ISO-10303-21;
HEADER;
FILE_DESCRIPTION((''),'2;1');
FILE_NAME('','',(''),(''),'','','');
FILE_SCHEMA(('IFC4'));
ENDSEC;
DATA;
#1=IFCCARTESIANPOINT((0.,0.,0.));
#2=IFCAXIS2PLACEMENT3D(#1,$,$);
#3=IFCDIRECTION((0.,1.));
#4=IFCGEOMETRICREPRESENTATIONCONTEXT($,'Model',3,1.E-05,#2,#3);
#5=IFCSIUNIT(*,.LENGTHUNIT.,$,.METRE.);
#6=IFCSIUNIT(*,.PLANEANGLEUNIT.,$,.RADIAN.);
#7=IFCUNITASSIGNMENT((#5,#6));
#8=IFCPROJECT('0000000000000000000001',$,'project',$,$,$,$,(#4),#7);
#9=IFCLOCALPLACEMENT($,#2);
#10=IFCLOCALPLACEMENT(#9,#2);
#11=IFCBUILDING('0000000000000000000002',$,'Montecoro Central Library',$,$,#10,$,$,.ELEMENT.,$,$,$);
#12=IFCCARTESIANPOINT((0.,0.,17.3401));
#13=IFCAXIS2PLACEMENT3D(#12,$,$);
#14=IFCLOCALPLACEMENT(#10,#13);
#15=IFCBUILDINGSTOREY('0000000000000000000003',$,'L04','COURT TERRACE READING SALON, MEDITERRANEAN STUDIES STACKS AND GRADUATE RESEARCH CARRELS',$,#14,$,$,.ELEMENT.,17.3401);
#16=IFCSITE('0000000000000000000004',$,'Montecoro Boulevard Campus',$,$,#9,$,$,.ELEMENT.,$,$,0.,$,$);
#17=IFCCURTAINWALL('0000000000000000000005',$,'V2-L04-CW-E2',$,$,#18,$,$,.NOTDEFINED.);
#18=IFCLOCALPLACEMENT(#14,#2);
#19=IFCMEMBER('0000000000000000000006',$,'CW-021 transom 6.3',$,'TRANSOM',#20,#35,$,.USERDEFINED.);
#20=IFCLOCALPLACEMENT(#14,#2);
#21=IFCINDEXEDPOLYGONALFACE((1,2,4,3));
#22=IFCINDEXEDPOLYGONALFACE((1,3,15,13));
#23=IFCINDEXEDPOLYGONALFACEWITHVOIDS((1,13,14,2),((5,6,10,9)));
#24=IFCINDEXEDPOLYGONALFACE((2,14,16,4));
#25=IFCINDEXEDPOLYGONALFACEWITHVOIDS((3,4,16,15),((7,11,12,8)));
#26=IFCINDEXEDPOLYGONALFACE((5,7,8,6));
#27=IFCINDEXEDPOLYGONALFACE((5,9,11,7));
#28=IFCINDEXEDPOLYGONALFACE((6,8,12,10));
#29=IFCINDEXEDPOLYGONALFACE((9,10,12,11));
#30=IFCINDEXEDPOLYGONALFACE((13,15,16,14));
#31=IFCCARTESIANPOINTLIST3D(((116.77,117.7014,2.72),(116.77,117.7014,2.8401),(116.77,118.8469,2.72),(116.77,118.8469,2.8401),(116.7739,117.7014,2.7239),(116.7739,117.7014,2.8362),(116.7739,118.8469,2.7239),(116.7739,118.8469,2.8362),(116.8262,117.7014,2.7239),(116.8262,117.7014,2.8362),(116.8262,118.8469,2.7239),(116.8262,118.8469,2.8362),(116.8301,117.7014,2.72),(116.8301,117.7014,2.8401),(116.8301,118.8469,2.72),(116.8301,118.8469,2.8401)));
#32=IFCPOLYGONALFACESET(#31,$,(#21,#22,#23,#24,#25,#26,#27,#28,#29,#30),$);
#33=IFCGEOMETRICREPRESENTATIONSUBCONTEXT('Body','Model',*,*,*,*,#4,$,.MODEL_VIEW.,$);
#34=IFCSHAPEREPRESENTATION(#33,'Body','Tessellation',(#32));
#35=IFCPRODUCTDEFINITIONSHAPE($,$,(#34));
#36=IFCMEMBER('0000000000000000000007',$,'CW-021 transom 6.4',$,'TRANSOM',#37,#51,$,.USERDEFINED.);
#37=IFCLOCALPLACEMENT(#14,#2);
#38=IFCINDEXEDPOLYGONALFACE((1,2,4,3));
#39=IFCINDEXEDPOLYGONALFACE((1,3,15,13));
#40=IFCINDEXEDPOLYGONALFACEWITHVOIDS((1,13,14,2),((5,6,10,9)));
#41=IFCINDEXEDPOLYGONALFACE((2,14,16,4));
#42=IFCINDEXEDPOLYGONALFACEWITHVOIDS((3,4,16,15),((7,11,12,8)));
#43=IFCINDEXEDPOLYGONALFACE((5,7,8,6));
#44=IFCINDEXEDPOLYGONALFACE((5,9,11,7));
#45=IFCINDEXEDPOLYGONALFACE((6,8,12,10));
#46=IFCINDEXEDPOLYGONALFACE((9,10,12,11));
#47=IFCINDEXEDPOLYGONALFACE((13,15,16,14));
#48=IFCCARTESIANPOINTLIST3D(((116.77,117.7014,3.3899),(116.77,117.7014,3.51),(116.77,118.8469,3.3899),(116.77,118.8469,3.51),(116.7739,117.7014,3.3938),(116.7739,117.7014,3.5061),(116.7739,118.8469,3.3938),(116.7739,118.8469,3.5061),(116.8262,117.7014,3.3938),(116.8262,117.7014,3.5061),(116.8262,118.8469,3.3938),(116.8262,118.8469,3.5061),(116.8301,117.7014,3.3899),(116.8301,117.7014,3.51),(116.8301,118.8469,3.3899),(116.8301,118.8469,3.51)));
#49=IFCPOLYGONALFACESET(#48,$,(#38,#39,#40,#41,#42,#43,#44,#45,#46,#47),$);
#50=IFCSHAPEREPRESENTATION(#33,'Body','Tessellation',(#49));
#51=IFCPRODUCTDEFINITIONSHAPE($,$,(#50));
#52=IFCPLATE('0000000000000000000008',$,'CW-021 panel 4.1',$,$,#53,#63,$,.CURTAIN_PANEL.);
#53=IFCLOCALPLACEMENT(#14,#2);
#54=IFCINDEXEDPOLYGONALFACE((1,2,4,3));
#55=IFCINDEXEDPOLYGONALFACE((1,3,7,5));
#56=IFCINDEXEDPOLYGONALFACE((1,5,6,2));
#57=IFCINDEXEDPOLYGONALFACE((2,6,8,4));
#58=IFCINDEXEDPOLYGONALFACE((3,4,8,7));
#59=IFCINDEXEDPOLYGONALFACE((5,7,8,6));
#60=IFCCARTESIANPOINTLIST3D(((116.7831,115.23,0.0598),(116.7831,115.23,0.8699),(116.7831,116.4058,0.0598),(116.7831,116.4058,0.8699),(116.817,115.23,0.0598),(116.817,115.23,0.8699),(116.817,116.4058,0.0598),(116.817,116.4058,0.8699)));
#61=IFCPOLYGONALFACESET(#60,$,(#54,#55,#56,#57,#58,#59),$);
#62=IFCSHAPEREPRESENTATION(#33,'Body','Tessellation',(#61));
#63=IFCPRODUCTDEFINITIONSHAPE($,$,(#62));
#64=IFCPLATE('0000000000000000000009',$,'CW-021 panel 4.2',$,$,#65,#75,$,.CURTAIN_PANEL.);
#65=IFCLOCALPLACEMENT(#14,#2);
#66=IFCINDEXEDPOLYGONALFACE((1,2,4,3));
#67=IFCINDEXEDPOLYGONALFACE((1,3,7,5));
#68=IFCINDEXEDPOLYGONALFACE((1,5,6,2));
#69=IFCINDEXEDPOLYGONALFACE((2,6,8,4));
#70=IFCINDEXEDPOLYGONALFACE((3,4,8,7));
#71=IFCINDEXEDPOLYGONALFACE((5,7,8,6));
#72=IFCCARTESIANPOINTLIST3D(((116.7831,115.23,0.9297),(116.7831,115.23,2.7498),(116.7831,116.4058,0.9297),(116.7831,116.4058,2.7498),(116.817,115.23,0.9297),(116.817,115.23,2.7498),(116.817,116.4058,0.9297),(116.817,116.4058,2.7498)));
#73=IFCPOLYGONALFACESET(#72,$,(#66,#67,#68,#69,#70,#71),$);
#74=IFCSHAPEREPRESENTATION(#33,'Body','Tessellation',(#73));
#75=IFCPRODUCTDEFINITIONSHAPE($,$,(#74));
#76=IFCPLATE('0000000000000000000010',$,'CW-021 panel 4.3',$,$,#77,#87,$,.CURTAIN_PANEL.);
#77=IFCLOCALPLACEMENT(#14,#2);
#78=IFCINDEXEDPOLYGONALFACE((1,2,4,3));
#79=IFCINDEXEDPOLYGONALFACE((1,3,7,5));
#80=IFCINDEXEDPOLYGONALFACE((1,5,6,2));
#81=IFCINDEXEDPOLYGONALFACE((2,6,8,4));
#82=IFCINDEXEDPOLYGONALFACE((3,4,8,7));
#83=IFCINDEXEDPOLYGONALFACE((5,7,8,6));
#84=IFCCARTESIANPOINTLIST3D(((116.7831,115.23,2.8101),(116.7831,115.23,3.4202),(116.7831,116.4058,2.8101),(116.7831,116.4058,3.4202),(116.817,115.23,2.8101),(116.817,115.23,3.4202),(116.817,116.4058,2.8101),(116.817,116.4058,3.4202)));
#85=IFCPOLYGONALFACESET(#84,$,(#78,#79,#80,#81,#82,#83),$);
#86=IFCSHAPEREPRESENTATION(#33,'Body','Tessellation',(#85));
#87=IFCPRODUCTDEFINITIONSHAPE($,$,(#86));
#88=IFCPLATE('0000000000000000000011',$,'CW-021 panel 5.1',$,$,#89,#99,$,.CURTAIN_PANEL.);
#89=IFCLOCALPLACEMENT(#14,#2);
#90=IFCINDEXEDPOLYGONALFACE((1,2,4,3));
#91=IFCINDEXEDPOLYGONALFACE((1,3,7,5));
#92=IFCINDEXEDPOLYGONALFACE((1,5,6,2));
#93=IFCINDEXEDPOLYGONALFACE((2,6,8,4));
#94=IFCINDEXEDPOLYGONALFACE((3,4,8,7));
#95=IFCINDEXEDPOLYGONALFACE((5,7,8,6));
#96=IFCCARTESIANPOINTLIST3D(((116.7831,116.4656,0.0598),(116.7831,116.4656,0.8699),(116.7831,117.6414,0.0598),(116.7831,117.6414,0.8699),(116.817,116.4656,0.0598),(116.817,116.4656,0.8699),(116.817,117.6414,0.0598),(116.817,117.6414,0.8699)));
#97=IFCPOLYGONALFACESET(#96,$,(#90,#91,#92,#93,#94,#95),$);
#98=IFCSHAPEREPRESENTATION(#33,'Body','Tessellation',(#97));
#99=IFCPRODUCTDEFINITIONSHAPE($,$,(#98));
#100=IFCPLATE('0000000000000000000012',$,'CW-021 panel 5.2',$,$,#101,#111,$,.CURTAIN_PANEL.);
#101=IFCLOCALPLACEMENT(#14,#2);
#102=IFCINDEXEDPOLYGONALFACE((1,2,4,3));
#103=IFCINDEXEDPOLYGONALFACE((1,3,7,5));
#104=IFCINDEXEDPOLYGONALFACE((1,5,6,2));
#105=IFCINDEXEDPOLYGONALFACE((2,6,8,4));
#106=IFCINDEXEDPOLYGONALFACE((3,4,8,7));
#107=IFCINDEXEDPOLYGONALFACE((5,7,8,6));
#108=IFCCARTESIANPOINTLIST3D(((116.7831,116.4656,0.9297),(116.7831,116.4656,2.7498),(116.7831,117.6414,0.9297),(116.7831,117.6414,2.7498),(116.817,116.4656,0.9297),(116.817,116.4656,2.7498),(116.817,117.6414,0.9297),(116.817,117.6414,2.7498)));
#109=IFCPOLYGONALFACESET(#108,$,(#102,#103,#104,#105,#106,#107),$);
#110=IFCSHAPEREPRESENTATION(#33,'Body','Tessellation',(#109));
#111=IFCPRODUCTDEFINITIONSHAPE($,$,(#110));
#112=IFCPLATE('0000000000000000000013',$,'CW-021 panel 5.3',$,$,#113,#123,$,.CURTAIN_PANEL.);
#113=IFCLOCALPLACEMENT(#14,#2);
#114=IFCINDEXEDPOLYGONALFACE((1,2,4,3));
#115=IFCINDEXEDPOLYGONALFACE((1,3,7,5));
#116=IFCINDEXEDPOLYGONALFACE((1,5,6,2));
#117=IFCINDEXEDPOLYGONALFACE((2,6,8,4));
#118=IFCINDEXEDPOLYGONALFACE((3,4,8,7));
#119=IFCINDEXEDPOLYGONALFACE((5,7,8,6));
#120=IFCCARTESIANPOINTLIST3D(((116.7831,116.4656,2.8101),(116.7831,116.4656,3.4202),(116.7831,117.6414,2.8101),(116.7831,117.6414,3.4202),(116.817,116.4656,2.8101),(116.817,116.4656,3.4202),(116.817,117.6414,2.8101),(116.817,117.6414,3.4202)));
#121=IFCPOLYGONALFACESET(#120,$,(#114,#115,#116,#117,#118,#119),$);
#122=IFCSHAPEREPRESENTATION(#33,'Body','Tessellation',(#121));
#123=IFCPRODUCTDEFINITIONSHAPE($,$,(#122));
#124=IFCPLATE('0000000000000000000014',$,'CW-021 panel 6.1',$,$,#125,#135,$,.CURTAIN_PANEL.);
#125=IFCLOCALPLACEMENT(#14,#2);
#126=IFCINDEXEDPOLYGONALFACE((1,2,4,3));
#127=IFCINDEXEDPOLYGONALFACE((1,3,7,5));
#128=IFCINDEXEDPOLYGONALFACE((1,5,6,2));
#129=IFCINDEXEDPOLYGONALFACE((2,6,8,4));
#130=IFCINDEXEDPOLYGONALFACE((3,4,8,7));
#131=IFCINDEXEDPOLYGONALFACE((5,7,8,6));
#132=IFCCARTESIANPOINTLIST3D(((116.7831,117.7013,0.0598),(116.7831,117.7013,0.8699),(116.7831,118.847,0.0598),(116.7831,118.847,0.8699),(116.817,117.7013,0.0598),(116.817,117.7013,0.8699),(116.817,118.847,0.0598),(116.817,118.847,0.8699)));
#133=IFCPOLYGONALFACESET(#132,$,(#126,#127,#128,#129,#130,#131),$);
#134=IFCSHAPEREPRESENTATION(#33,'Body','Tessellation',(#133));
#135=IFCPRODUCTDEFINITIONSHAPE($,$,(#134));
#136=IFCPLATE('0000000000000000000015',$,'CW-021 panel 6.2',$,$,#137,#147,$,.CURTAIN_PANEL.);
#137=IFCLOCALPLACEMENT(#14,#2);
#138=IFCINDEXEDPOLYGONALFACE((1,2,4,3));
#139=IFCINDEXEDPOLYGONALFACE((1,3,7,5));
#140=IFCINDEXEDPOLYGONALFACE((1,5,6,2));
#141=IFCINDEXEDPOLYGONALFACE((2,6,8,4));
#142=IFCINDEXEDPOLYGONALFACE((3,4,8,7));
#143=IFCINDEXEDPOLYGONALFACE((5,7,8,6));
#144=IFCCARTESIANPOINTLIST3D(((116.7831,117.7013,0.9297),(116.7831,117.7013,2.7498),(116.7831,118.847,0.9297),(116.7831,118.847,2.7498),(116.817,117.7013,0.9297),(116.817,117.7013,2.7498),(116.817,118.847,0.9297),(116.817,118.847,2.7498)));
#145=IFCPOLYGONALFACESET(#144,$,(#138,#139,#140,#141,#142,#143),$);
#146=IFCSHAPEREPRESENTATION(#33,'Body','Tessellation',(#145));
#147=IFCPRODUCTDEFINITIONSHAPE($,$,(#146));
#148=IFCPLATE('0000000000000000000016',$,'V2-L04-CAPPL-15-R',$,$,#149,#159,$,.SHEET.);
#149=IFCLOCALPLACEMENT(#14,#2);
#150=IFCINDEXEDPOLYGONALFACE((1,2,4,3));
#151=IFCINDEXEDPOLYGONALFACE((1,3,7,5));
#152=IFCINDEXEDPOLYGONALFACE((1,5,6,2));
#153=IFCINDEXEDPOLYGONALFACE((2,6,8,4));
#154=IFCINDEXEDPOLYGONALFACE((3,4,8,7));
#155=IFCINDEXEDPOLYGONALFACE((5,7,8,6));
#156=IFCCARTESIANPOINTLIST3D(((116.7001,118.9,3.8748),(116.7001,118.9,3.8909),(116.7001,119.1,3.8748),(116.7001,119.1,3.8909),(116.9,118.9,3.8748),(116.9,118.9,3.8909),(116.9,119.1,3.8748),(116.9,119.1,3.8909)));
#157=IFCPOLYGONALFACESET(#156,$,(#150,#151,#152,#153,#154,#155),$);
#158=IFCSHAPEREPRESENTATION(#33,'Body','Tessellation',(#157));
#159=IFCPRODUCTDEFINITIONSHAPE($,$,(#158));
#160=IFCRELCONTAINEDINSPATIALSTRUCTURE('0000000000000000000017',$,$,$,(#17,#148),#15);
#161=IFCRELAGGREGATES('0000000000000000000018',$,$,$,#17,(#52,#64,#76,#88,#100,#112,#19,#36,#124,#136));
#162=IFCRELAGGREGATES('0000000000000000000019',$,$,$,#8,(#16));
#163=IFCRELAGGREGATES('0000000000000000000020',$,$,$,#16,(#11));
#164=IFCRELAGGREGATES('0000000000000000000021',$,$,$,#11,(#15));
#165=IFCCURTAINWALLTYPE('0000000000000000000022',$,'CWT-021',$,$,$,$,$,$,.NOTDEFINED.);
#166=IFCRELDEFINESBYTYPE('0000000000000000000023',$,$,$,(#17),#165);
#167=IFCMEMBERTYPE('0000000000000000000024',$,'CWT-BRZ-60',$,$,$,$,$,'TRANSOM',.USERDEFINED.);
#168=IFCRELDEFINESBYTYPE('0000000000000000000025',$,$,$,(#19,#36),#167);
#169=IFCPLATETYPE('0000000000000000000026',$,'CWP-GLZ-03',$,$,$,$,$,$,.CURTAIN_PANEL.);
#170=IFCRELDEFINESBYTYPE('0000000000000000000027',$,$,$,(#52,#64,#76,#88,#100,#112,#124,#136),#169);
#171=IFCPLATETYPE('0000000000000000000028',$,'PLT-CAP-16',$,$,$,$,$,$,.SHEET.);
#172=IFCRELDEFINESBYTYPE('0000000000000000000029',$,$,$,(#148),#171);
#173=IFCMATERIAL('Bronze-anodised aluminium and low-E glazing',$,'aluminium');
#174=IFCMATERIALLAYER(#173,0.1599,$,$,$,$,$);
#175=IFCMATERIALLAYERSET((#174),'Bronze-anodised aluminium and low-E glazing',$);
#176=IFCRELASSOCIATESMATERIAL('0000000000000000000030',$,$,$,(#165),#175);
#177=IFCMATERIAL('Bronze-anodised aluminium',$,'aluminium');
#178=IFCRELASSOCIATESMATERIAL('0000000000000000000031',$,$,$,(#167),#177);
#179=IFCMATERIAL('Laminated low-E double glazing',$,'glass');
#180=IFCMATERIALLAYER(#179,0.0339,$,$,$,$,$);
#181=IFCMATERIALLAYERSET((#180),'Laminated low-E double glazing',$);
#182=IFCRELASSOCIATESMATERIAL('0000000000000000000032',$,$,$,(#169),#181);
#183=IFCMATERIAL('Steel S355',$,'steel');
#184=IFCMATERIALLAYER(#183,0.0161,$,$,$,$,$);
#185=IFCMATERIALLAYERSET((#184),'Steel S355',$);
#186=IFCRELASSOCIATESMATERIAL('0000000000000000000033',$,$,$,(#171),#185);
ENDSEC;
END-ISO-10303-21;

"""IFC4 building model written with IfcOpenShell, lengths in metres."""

from ifc_helpers import new_model, si_unit, direction, frame, origin, origin_2d, place, context, subcontext, project, spatial, rectangle, hollow_rectangle, extrude, material, layer, layer_set, material_profile, profile_set, type_object, element, aggregate, save


model = new_model("IFC4")

# Units and contexts
model_context = context("Model", 3, precision=1e-05, world=origin(), true_north=direction((0.0, 1.0)))
body_context = subcontext(model_context, "Body", "Model", "MODEL_VIEW")
ifc_project = project(units=[si_unit("LENGTHUNIT", "METRE"), si_unit("PLANEANGLEUNIT", "RADIAN")], contexts=[model_context])

# Site, building, storey
site_placement = place(None, origin())
site = spatial("IfcSite", under=ifc_project, at=site_placement, Name="Montecoro Boulevard Campus", CompositionType="ELEMENT", RefElevation=0.0)
building_placement = place(site_placement, origin())
building = spatial("IfcBuilding", under=site, at=building_placement, Name="Montecoro Central Library", CompositionType="ELEMENT")
storey_placement = place(building_placement, frame((0.0, 0.0, 17.3401)))
storey = spatial("IfcBuildingStorey", under=building, at=storey_placement, Name="L04", Description="COURT TERRACE READING SALON, MEDITERRANEAN STUDIES STACKS AND GRADUATE RESEARCH CARRELS", CompositionType="ELEMENT", Elevation=17.3401)

# Shared definitions
ifc_material_1 = material(Name="Steel S355", Category="steel")

# Curtain wall, members, plates
ifc_material_2 = material(Name="Bronze-anodised aluminium and low-E glazing", Category="aluminium")
ifc_layer_1 = layer(ifc_material_2, 0.1599)
ifc_layer_set_1 = layer_set([ifc_layer_1], Name="Bronze-anodised aluminium and low-E glazing")
curtain_wall_type = type_object("IfcCurtainWallType", Name="CWT-021", PredefinedType="NOTDEFINED", material=ifc_layer_set_1)
curtain_wall_placement = place(storey_placement, origin())
curtain_wall = element("IfcCurtainWall", 1, at=curtain_wall_placement, inside=storey, type_object=curtain_wall_type, Name="V2-L04-CW-E2", PredefinedType="NOTDEFINED")
ifc_material_3 = material(Name="Bronze-anodised aluminium", Category="aluminium")
ifc_material_profile_1 = material_profile(ifc_material_3, hollow_rectangle(XDim=0.0601, YDim=0.1201, WallThickness=0.0039, at=origin_2d()), Name="CWT 120x60x4.0")
ifc_profile_set_1 = profile_set([ifc_material_profile_1], Name="Bronze-anodised aluminium")
member_type_1 = type_object("IfcMemberType", Name="CWT-BRZ-60", ElementType="TRANSOM", PredefinedType="USERDEFINED", material=ifc_profile_set_1)
member_1_placement = place(storey_placement, frame((116.8, 117.7014, 2.78), z_axis=(0.0, 1.0, 0.0), x_axis=(-1.0, 0.0, 0.0)))
member_1 = element("IfcMember", 2, at=member_1_placement, type_object=member_type_1, Name="CW-021 transom 6.3", ObjectType="TRANSOM", PredefinedType="USERDEFINED", context=body_context, shape_type="SweptSolid", body=[
    extrude(hollow_rectangle(XDim=0.0601, YDim=0.1201, WallThickness=0.0039, at=origin_2d()), origin(), (0.0, 0.0, 1.0), 1.1455),
])
member_2_placement = place(storey_placement, frame((116.8, 117.7014, 3.45), z_axis=(0.0, 1.0, 0.0), x_axis=(-1.0, 0.0, 0.0)))
member_2 = element("IfcMember", 3, at=member_2_placement, type_object=member_type_1, Name="CW-021 transom 6.4", ObjectType="TRANSOM", PredefinedType="USERDEFINED", context=body_context, shape_type="SweptSolid", body=[
    extrude(hollow_rectangle(XDim=0.0601, YDim=0.1201, WallThickness=0.0039, at=origin_2d()), origin(), (0.0, 0.0, 1.0), 1.1455),
])
ifc_material_4 = material(Name="Laminated low-E double glazing", Category="glass")
ifc_layer_2 = layer(ifc_material_4, 0.0339)
ifc_layer_set_2 = layer_set([ifc_layer_2], Name="Laminated low-E double glazing")
plate_type_1 = type_object("IfcPlateType", Name="CWP-GLZ-03", PredefinedType="CURTAIN_PANEL", material=ifc_layer_set_2)
plate_1_placement = place(storey_placement, frame((116.8, 115.8179, 0.0598), z_axis=(0.0, 0.0, 1.0), x_axis=(0.0, 1.0, 0.0)))
plate_1 = element("IfcPlate", 4, at=plate_1_placement, type_object=plate_type_1, Name="CW-021 panel 4.1", PredefinedType="CURTAIN_PANEL", context=body_context, shape_type="SweptSolid", body=[
    extrude(rectangle(XDim=1.1758, YDim=0.0339, at=origin_2d()), origin(), (0.0, 0.0, 1.0), 0.8101),
])
plate_2_placement = place(storey_placement, frame((116.8, 115.8179, 0.9297), z_axis=(0.0, 0.0, 1.0), x_axis=(0.0, 1.0, 0.0)))
plate_2 = element("IfcPlate", 5, at=plate_2_placement, type_object=plate_type_1, Name="CW-021 panel 4.2", PredefinedType="CURTAIN_PANEL", context=body_context, shape_type="SweptSolid", body=[
    extrude(rectangle(XDim=1.1758, YDim=0.0339, at=origin_2d()), origin(), (0.0, 0.0, 1.0), 1.8201),
])
plate_3_placement = place(storey_placement, frame((116.8, 115.8179, 2.8101), z_axis=(0.0, 0.0, 1.0), x_axis=(0.0, 1.0, 0.0)))
plate_3 = element("IfcPlate", 6, at=plate_3_placement, type_object=plate_type_1, Name="CW-021 panel 4.3", PredefinedType="CURTAIN_PANEL", context=body_context, shape_type="SweptSolid", body=[
    extrude(rectangle(XDim=1.1758, YDim=0.0339, at=origin_2d()), origin(), (0.0, 0.0, 1.0), 0.6101),
])
plate_4_placement = place(storey_placement, frame((116.8, 117.0535, 0.0598), z_axis=(0.0, 0.0, 1.0), x_axis=(0.0, 1.0, 0.0)))
plate_4 = element("IfcPlate", 7, at=plate_4_placement, type_object=plate_type_1, Name="CW-021 panel 5.1", PredefinedType="CURTAIN_PANEL", context=body_context, shape_type="SweptSolid", body=[
    extrude(rectangle(XDim=1.1758, YDim=0.0339, at=origin_2d()), origin(), (0.0, 0.0, 1.0), 0.8101),
])
plate_5_placement = place(storey_placement, frame((116.8, 117.0535, 0.9297), z_axis=(0.0, 0.0, 1.0), x_axis=(0.0, 1.0, 0.0)))
plate_5 = element("IfcPlate", 8, at=plate_5_placement, type_object=plate_type_1, Name="CW-021 panel 5.2", PredefinedType="CURTAIN_PANEL", context=body_context, shape_type="SweptSolid", body=[
    extrude(rectangle(XDim=1.1758, YDim=0.0339, at=origin_2d()), origin(), (0.0, 0.0, 1.0), 1.8201),
])
plate_6_placement = place(storey_placement, frame((116.8, 117.0535, 2.8101), z_axis=(0.0, 0.0, 1.0), x_axis=(0.0, 1.0, 0.0)))
plate_6 = element("IfcPlate", 9, at=plate_6_placement, type_object=plate_type_1, Name="CW-021 panel 5.3", PredefinedType="CURTAIN_PANEL", context=body_context, shape_type="SweptSolid", body=[
    extrude(rectangle(XDim=1.1758, YDim=0.0339, at=origin_2d()), origin(), (0.0, 0.0, 1.0), 0.6101),
])
plate_7_placement = place(storey_placement, frame((116.8, 118.2742, 0.0598), z_axis=(0.0, 0.0, 1.0), x_axis=(0.0, 1.0, 0.0)))
plate_7 = element("IfcPlate", 10, at=plate_7_placement, type_object=plate_type_1, Name="CW-021 panel 6.1", PredefinedType="CURTAIN_PANEL", context=body_context, shape_type="SweptSolid", body=[
    extrude(rectangle(XDim=1.1458, YDim=0.0339, at=origin_2d()), origin(), (0.0, 0.0, 1.0), 0.8101),
])
plate_8_placement = place(storey_placement, frame((116.8, 118.2742, 0.9297), z_axis=(0.0, 0.0, 1.0), x_axis=(0.0, 1.0, 0.0)))
plate_8 = element("IfcPlate", 11, at=plate_8_placement, type_object=plate_type_1, Name="CW-021 panel 6.2", PredefinedType="CURTAIN_PANEL", context=body_context, shape_type="SweptSolid", body=[
    extrude(rectangle(XDim=1.1458, YDim=0.0339, at=origin_2d()), origin(), (0.0, 0.0, 1.0), 1.8201),
])
aggregate(curtain_wall, [plate_1, plate_2, plate_3, plate_4, plate_5, plate_6, member_1, member_2, plate_7, plate_8])

# Plate
ifc_layer_3 = layer(ifc_material_1, 0.0161)
ifc_layer_set_3 = layer_set([ifc_layer_3], Name="Steel S355")
plate_type_2 = type_object("IfcPlateType", Name="PLT-CAP-16", PredefinedType="SHEET", material=ifc_layer_set_3)
plate_9_placement = place(storey_placement, frame((116.8, 119.0, 3.8748), z_axis=(0.0, 0.0, 1.0), x_axis=(1.0, 0.0, 0.0)))
element("IfcPlate", 12, at=plate_9_placement, inside=storey, type_object=plate_type_2, Name="V2-L04-CAPPL-15-R", PredefinedType="SHEET", context=body_context, shape_type="SweptSolid", body=[
    extrude(rectangle(XDim=0.2, YDim=0.2, at=origin_2d()), origin(), (0.0, 0.0, 1.0), 0.0161),
])

save(model, "model.ifc")
